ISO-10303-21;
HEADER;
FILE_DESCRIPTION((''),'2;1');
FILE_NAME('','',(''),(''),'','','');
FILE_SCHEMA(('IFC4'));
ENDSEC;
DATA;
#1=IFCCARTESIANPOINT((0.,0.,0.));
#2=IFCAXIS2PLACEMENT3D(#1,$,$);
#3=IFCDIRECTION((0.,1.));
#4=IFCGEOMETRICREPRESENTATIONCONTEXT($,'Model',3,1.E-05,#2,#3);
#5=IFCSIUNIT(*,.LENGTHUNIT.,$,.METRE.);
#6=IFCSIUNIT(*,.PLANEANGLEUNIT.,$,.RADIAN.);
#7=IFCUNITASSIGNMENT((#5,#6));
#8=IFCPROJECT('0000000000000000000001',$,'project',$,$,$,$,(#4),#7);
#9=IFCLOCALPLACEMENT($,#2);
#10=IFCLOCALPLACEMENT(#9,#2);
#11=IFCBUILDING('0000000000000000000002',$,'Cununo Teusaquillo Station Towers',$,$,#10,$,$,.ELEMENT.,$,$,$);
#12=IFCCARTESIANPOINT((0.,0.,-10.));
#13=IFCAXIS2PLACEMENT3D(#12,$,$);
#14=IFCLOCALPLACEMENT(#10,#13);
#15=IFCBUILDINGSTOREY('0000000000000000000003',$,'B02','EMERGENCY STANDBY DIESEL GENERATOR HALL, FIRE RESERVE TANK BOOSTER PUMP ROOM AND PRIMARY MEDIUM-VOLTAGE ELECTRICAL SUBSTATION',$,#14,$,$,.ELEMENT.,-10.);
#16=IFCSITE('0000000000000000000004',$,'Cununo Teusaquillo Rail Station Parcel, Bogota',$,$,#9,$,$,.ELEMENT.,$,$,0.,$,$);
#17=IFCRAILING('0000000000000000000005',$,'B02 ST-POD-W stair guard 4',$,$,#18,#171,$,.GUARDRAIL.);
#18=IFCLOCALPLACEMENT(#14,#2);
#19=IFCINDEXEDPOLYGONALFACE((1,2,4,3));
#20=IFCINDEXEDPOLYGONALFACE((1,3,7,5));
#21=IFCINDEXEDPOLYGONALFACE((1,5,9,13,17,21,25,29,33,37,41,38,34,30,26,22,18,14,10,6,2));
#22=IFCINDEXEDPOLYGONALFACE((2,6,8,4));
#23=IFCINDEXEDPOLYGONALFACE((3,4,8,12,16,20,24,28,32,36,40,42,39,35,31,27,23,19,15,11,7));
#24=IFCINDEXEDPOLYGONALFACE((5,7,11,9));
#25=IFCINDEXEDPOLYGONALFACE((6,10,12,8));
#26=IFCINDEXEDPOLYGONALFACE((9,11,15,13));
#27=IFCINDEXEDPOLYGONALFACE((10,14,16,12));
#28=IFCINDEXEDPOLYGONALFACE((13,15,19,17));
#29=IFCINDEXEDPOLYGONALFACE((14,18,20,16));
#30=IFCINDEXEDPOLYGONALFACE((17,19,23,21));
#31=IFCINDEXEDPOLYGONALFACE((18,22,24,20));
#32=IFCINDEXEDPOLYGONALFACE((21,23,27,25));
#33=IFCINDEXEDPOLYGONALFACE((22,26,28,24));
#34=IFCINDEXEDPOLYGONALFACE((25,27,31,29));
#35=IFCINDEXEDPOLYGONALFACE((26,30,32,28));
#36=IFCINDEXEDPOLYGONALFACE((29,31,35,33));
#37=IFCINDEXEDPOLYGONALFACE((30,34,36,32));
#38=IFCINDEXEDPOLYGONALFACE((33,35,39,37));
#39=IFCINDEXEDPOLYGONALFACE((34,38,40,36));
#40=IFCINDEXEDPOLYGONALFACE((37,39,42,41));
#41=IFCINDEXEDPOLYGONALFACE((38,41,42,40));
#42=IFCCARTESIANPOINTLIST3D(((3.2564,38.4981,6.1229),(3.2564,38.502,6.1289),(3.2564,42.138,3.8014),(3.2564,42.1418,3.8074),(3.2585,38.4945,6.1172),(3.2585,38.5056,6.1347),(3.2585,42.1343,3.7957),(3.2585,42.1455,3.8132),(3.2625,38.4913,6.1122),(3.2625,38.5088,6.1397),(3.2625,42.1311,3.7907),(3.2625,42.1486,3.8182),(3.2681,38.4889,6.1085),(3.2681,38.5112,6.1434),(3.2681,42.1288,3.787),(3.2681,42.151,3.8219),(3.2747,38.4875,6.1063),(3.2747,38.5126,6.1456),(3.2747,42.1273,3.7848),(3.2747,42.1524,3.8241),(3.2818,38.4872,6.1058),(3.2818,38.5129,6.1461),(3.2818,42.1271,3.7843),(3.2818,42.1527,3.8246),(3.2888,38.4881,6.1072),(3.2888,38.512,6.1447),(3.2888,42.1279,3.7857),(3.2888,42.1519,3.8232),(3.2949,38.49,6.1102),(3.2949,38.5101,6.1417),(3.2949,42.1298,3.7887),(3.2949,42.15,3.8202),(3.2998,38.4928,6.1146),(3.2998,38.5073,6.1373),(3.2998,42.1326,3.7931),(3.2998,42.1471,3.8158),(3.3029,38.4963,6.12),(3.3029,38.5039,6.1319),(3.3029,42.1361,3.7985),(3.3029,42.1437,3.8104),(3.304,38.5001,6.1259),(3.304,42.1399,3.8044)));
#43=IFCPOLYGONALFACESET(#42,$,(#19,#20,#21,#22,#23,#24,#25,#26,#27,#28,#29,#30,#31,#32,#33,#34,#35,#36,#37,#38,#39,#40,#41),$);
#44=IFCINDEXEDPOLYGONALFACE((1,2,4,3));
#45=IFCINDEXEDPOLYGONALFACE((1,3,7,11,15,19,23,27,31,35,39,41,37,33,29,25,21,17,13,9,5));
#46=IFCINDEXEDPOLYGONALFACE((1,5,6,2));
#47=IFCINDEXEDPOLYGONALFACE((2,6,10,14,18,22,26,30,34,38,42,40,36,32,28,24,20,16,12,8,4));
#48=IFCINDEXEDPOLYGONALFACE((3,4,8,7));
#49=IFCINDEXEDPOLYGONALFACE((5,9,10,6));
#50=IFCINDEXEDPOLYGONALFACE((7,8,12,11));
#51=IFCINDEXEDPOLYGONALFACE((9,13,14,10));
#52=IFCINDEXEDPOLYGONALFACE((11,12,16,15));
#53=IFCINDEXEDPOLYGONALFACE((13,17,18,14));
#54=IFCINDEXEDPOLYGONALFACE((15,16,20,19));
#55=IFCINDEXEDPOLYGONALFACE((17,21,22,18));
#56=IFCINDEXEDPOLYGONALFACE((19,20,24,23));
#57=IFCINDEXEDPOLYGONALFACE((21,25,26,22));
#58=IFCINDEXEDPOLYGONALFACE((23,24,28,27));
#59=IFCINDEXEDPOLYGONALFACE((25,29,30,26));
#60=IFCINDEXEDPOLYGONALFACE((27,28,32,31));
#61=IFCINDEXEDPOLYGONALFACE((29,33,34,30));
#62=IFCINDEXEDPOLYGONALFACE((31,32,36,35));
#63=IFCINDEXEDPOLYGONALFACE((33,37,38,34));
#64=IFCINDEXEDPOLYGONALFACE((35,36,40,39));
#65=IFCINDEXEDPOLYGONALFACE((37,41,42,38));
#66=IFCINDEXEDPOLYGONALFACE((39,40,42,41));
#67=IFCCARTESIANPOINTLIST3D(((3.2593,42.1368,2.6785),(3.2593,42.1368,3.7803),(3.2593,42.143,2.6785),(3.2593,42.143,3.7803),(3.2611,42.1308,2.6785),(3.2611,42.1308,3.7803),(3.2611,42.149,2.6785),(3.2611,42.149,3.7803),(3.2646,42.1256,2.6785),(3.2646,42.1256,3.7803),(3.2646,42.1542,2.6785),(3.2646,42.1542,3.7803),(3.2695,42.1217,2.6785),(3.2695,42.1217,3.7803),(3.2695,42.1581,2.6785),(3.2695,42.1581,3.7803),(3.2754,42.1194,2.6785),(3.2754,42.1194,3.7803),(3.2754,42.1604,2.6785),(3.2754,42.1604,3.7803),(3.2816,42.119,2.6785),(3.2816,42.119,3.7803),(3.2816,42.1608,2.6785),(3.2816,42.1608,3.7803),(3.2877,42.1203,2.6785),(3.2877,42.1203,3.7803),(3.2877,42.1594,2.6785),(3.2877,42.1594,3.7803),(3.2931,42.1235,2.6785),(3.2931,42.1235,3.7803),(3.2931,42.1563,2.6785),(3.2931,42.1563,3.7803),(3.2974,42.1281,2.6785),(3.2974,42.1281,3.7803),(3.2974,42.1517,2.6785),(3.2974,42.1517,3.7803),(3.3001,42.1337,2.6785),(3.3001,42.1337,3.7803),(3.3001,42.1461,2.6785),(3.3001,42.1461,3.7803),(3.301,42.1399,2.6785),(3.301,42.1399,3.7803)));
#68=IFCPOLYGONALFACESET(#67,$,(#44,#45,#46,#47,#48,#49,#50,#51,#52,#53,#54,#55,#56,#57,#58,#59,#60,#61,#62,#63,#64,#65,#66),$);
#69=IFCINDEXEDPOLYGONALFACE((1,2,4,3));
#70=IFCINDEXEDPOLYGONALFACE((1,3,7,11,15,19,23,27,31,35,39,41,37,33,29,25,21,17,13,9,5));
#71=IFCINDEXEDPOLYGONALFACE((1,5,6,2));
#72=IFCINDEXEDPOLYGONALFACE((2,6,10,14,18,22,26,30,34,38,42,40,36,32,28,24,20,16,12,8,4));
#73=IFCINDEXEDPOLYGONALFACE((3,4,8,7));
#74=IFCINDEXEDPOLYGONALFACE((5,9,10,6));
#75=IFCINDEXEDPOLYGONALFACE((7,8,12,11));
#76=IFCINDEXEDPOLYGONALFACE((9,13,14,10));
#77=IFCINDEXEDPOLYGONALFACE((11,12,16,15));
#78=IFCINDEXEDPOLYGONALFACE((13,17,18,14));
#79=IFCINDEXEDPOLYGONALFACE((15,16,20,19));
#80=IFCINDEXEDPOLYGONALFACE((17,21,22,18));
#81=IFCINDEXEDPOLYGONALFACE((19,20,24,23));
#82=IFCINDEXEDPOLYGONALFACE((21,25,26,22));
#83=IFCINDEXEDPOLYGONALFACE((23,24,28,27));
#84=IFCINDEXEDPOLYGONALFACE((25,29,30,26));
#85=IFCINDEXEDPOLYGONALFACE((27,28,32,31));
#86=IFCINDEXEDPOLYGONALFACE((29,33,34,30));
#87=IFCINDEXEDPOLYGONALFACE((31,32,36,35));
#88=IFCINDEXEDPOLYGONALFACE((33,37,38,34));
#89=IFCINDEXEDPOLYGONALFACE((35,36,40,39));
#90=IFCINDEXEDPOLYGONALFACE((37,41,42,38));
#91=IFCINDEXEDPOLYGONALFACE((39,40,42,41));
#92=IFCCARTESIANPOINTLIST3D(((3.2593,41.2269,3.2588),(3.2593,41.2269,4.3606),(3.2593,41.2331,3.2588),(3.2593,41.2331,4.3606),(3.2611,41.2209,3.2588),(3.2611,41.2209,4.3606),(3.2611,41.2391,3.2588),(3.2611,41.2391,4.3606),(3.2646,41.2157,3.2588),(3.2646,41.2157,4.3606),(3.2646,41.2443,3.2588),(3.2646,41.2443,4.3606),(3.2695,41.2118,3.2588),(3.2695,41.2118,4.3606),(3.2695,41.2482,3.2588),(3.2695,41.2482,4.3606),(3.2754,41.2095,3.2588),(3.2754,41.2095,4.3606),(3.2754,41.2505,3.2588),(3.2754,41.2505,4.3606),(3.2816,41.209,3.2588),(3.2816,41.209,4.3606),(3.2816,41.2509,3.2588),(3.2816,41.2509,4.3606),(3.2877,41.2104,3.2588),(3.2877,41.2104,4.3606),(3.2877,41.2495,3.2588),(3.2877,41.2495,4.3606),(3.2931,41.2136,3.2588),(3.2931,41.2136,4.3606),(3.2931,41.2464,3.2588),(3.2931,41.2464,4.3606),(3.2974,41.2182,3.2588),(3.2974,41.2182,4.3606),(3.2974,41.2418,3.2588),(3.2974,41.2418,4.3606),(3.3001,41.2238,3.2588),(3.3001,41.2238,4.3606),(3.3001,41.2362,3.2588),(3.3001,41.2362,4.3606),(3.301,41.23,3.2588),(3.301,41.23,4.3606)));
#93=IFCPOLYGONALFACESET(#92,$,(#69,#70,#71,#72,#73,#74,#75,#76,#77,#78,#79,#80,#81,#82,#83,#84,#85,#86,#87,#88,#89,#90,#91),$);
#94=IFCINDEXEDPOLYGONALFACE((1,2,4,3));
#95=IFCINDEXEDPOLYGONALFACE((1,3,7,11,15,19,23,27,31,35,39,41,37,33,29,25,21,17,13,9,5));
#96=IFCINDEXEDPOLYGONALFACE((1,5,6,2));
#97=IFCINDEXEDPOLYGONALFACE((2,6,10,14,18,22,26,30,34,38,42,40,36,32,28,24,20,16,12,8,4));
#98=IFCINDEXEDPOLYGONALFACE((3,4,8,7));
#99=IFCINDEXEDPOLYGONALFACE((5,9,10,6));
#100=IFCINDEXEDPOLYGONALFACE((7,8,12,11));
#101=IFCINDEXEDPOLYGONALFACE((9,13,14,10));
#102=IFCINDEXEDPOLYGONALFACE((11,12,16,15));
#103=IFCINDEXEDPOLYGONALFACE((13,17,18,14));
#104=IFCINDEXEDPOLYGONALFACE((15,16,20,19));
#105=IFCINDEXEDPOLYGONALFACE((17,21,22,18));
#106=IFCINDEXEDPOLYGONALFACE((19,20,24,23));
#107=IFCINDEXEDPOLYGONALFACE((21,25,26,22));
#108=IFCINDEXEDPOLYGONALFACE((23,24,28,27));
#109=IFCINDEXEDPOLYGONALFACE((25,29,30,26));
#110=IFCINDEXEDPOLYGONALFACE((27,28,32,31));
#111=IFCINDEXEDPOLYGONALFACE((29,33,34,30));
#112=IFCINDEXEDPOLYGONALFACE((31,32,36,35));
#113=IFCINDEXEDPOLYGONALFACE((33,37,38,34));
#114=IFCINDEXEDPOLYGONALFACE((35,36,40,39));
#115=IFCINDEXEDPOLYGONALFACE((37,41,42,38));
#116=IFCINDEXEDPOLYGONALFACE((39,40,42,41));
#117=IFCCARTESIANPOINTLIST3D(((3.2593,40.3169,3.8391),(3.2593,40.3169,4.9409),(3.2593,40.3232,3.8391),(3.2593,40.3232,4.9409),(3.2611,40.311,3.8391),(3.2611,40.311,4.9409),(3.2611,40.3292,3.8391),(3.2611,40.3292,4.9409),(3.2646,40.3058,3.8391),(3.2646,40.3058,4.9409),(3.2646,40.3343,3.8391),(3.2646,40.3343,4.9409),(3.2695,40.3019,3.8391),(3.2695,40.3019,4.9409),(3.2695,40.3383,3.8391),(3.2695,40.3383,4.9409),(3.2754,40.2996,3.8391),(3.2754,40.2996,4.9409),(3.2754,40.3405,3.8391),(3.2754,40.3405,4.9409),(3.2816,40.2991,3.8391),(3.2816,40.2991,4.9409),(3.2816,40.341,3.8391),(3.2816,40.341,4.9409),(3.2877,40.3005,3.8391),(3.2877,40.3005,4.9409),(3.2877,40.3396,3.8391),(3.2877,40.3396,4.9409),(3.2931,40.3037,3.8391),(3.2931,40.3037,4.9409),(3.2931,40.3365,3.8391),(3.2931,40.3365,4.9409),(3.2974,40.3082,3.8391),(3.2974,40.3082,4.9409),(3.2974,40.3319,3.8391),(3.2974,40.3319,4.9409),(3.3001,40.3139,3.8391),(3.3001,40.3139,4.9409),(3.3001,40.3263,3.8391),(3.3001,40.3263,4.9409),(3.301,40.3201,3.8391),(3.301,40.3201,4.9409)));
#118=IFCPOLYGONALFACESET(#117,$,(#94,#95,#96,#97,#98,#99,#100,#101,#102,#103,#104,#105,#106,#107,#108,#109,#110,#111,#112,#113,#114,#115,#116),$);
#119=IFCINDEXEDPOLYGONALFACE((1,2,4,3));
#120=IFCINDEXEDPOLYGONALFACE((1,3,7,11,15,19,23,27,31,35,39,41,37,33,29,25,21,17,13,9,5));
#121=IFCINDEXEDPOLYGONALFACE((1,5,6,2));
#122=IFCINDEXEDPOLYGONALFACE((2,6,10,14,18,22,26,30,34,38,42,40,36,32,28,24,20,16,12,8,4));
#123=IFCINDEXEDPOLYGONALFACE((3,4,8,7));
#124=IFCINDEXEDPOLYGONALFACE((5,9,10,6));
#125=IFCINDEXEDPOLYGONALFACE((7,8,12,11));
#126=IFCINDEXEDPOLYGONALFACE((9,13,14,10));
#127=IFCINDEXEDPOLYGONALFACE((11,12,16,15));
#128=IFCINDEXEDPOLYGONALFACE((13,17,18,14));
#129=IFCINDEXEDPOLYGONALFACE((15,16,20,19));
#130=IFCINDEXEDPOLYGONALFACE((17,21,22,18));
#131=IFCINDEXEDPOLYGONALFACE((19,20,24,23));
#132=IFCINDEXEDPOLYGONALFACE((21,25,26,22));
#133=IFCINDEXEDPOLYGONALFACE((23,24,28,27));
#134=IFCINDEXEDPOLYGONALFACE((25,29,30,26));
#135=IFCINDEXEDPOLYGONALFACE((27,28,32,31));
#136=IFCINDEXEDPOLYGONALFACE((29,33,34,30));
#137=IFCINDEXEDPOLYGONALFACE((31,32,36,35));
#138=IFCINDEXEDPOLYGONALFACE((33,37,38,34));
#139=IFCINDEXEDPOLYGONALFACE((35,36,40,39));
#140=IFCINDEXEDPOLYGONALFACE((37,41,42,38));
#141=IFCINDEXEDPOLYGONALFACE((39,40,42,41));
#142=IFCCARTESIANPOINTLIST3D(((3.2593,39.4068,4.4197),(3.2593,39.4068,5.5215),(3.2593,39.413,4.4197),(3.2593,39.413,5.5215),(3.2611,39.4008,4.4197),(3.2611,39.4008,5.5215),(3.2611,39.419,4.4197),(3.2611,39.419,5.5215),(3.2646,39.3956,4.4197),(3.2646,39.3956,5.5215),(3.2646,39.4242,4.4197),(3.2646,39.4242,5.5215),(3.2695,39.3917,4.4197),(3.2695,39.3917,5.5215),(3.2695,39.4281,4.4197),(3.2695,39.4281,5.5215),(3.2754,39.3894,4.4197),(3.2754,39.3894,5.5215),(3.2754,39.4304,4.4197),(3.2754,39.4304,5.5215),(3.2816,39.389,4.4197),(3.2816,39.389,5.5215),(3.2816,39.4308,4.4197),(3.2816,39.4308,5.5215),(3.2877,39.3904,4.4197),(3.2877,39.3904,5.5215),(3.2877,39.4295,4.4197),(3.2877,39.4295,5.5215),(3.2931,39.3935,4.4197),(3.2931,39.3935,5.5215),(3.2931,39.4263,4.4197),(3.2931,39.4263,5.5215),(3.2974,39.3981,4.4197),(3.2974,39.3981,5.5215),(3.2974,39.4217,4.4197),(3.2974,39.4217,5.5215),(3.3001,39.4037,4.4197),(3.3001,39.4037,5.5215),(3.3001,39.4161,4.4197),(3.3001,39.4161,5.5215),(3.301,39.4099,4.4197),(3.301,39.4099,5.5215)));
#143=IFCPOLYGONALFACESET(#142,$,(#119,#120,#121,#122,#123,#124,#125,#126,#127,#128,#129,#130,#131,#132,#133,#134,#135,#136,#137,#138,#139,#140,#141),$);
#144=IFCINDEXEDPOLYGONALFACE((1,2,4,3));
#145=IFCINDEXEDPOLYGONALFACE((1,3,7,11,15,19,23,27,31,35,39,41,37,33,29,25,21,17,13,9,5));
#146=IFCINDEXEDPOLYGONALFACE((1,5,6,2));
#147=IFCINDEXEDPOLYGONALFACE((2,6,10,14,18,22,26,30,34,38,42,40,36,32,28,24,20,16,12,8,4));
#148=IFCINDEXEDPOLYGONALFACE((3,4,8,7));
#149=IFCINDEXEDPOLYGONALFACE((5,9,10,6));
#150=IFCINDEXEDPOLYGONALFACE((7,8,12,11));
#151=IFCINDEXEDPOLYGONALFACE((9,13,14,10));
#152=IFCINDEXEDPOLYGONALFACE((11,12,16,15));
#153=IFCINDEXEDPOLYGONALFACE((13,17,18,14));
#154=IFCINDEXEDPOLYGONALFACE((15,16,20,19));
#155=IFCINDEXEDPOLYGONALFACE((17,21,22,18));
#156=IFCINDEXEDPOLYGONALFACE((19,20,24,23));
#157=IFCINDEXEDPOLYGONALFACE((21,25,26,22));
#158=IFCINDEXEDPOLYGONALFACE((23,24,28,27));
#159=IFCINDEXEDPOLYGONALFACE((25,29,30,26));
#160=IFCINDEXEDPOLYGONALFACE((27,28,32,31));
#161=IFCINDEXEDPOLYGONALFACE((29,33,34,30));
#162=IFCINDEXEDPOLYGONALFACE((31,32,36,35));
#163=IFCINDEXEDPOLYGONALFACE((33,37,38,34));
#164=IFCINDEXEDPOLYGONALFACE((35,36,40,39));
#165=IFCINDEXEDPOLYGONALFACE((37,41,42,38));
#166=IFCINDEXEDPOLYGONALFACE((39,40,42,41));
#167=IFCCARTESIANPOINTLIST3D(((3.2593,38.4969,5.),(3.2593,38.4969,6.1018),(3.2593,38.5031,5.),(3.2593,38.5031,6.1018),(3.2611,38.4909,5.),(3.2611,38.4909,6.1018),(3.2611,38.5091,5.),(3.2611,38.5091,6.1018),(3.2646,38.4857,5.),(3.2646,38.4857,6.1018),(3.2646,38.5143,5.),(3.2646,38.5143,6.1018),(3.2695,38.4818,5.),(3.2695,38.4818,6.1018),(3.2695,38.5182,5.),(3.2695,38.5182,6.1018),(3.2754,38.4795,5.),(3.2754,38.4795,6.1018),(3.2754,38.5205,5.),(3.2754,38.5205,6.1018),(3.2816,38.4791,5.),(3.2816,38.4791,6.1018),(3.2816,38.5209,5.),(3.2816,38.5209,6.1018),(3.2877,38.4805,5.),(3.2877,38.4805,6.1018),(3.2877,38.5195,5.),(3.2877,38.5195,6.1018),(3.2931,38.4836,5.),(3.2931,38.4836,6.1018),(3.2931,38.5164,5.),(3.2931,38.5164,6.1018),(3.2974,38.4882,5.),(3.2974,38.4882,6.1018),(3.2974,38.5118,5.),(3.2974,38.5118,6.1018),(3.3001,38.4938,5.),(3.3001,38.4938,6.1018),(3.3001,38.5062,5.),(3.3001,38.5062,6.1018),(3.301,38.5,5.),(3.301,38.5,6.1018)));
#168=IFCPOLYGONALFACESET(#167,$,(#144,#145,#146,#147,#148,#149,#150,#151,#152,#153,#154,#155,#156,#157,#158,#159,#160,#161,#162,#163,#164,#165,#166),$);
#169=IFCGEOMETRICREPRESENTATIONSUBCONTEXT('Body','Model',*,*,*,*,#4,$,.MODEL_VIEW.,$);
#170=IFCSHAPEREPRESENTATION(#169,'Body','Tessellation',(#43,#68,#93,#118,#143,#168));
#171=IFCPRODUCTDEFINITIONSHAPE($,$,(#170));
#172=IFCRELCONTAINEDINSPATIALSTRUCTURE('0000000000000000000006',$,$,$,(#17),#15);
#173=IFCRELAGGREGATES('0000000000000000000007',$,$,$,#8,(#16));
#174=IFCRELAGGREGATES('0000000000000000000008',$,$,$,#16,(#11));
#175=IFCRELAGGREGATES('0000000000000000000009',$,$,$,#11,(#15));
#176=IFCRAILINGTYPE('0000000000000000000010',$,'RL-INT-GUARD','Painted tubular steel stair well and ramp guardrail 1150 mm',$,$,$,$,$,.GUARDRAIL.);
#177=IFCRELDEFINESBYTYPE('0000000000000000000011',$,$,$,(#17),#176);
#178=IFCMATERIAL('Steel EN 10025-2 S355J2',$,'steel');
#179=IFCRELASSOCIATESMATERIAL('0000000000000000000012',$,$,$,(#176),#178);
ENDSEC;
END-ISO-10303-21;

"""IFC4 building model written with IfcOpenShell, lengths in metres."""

from ifc_helpers import new_model, si_unit, direction, frame, origin, origin_2d, place, context, subcontext, project, spatial, circle, extrude, material, type_object, element, save


model = new_model("IFC4")

# Units and contexts
model_context = context("Model", 3, precision=1e-05, world=origin(), true_north=direction((0.0, 1.0)))
body_context = subcontext(model_context, "Body", "Model", "MODEL_VIEW")
ifc_project = project(units=[si_unit("LENGTHUNIT", "METRE"), si_unit("PLANEANGLEUNIT", "RADIAN")], contexts=[model_context])

# Site, building, storey
site_placement = place(None, origin())
site = spatial("IfcSite", under=ifc_project, at=site_placement, Name="Cununo Teusaquillo Rail Station Parcel, Bogota", CompositionType="ELEMENT", RefElevation=0.0)
building_placement = place(site_placement, origin())
building = spatial("IfcBuilding", under=site, at=building_placement, Name="Cununo Teusaquillo Station Towers", CompositionType="ELEMENT")
storey_placement = place(building_placement, frame((0.0, 0.0, -10.0)))
storey = spatial("IfcBuildingStorey", under=building, at=storey_placement, Name="B02", Description="EMERGENCY STANDBY DIESEL GENERATOR HALL, FIRE RESERVE TANK BOOSTER PUMP ROOM AND PRIMARY MEDIUM-VOLTAGE ELECTRICAL SUBSTATION", CompositionType="ELEMENT", Elevation=-10.0)

# Railing
ifc_material_1 = material(Name="Steel EN 10025-2 S355J2", Category="steel")
railing_type_1 = type_object("IfcRailingType", Name="RL-INT-GUARD", Description="Painted tubular steel stair well and ramp guardrail 1150 mm", PredefinedType="GUARDRAIL", material=ifc_material_1)
railing_1_placement = place(storey_placement, frame((3.28, 42.1399, 2.6785)))
element("IfcRailing", 1, at=railing_1_placement, inside=storey, type_object=railing_type_1, Name="B02 ST-POD-W stair guard 4", PredefinedType="GUARDRAIL", context=body_context, shape_type="SweptSolid", body=[
    extrude(circle(Radius=0.0239, at=origin_2d()), frame((0.0, 0.0, 1.126), z_axis=(0.0, -0.843112, 0.537739), x_axis=(1.0, 0.0, 0.0)), (0.0, 0.0, 1.0), 4.3171),
    extrude(circle(Radius=0.021, at=origin_2d()), origin(), (0.0, 0.0, 1.0), 1.1018),
    extrude(circle(Radius=0.021, at=origin_2d()), frame((0.0, -0.9099, 0.5803)), (0.0, 0.0, 1.0), 1.1018),
    extrude(circle(Radius=0.021, at=origin_2d()), frame((0.0, -1.8198, 1.1606)), (0.0, 0.0, 1.0), 1.1018),
    extrude(circle(Radius=0.021, at=origin_2d()), frame((0.0, -2.73, 1.7412)), (0.0, 0.0, 1.0), 1.1018),
    extrude(circle(Radius=0.021, at=origin_2d()), frame((0.0, -3.6399, 2.3215)), (0.0, 0.0, 1.0), 1.1018),
])

save(model, "model.ifc")
